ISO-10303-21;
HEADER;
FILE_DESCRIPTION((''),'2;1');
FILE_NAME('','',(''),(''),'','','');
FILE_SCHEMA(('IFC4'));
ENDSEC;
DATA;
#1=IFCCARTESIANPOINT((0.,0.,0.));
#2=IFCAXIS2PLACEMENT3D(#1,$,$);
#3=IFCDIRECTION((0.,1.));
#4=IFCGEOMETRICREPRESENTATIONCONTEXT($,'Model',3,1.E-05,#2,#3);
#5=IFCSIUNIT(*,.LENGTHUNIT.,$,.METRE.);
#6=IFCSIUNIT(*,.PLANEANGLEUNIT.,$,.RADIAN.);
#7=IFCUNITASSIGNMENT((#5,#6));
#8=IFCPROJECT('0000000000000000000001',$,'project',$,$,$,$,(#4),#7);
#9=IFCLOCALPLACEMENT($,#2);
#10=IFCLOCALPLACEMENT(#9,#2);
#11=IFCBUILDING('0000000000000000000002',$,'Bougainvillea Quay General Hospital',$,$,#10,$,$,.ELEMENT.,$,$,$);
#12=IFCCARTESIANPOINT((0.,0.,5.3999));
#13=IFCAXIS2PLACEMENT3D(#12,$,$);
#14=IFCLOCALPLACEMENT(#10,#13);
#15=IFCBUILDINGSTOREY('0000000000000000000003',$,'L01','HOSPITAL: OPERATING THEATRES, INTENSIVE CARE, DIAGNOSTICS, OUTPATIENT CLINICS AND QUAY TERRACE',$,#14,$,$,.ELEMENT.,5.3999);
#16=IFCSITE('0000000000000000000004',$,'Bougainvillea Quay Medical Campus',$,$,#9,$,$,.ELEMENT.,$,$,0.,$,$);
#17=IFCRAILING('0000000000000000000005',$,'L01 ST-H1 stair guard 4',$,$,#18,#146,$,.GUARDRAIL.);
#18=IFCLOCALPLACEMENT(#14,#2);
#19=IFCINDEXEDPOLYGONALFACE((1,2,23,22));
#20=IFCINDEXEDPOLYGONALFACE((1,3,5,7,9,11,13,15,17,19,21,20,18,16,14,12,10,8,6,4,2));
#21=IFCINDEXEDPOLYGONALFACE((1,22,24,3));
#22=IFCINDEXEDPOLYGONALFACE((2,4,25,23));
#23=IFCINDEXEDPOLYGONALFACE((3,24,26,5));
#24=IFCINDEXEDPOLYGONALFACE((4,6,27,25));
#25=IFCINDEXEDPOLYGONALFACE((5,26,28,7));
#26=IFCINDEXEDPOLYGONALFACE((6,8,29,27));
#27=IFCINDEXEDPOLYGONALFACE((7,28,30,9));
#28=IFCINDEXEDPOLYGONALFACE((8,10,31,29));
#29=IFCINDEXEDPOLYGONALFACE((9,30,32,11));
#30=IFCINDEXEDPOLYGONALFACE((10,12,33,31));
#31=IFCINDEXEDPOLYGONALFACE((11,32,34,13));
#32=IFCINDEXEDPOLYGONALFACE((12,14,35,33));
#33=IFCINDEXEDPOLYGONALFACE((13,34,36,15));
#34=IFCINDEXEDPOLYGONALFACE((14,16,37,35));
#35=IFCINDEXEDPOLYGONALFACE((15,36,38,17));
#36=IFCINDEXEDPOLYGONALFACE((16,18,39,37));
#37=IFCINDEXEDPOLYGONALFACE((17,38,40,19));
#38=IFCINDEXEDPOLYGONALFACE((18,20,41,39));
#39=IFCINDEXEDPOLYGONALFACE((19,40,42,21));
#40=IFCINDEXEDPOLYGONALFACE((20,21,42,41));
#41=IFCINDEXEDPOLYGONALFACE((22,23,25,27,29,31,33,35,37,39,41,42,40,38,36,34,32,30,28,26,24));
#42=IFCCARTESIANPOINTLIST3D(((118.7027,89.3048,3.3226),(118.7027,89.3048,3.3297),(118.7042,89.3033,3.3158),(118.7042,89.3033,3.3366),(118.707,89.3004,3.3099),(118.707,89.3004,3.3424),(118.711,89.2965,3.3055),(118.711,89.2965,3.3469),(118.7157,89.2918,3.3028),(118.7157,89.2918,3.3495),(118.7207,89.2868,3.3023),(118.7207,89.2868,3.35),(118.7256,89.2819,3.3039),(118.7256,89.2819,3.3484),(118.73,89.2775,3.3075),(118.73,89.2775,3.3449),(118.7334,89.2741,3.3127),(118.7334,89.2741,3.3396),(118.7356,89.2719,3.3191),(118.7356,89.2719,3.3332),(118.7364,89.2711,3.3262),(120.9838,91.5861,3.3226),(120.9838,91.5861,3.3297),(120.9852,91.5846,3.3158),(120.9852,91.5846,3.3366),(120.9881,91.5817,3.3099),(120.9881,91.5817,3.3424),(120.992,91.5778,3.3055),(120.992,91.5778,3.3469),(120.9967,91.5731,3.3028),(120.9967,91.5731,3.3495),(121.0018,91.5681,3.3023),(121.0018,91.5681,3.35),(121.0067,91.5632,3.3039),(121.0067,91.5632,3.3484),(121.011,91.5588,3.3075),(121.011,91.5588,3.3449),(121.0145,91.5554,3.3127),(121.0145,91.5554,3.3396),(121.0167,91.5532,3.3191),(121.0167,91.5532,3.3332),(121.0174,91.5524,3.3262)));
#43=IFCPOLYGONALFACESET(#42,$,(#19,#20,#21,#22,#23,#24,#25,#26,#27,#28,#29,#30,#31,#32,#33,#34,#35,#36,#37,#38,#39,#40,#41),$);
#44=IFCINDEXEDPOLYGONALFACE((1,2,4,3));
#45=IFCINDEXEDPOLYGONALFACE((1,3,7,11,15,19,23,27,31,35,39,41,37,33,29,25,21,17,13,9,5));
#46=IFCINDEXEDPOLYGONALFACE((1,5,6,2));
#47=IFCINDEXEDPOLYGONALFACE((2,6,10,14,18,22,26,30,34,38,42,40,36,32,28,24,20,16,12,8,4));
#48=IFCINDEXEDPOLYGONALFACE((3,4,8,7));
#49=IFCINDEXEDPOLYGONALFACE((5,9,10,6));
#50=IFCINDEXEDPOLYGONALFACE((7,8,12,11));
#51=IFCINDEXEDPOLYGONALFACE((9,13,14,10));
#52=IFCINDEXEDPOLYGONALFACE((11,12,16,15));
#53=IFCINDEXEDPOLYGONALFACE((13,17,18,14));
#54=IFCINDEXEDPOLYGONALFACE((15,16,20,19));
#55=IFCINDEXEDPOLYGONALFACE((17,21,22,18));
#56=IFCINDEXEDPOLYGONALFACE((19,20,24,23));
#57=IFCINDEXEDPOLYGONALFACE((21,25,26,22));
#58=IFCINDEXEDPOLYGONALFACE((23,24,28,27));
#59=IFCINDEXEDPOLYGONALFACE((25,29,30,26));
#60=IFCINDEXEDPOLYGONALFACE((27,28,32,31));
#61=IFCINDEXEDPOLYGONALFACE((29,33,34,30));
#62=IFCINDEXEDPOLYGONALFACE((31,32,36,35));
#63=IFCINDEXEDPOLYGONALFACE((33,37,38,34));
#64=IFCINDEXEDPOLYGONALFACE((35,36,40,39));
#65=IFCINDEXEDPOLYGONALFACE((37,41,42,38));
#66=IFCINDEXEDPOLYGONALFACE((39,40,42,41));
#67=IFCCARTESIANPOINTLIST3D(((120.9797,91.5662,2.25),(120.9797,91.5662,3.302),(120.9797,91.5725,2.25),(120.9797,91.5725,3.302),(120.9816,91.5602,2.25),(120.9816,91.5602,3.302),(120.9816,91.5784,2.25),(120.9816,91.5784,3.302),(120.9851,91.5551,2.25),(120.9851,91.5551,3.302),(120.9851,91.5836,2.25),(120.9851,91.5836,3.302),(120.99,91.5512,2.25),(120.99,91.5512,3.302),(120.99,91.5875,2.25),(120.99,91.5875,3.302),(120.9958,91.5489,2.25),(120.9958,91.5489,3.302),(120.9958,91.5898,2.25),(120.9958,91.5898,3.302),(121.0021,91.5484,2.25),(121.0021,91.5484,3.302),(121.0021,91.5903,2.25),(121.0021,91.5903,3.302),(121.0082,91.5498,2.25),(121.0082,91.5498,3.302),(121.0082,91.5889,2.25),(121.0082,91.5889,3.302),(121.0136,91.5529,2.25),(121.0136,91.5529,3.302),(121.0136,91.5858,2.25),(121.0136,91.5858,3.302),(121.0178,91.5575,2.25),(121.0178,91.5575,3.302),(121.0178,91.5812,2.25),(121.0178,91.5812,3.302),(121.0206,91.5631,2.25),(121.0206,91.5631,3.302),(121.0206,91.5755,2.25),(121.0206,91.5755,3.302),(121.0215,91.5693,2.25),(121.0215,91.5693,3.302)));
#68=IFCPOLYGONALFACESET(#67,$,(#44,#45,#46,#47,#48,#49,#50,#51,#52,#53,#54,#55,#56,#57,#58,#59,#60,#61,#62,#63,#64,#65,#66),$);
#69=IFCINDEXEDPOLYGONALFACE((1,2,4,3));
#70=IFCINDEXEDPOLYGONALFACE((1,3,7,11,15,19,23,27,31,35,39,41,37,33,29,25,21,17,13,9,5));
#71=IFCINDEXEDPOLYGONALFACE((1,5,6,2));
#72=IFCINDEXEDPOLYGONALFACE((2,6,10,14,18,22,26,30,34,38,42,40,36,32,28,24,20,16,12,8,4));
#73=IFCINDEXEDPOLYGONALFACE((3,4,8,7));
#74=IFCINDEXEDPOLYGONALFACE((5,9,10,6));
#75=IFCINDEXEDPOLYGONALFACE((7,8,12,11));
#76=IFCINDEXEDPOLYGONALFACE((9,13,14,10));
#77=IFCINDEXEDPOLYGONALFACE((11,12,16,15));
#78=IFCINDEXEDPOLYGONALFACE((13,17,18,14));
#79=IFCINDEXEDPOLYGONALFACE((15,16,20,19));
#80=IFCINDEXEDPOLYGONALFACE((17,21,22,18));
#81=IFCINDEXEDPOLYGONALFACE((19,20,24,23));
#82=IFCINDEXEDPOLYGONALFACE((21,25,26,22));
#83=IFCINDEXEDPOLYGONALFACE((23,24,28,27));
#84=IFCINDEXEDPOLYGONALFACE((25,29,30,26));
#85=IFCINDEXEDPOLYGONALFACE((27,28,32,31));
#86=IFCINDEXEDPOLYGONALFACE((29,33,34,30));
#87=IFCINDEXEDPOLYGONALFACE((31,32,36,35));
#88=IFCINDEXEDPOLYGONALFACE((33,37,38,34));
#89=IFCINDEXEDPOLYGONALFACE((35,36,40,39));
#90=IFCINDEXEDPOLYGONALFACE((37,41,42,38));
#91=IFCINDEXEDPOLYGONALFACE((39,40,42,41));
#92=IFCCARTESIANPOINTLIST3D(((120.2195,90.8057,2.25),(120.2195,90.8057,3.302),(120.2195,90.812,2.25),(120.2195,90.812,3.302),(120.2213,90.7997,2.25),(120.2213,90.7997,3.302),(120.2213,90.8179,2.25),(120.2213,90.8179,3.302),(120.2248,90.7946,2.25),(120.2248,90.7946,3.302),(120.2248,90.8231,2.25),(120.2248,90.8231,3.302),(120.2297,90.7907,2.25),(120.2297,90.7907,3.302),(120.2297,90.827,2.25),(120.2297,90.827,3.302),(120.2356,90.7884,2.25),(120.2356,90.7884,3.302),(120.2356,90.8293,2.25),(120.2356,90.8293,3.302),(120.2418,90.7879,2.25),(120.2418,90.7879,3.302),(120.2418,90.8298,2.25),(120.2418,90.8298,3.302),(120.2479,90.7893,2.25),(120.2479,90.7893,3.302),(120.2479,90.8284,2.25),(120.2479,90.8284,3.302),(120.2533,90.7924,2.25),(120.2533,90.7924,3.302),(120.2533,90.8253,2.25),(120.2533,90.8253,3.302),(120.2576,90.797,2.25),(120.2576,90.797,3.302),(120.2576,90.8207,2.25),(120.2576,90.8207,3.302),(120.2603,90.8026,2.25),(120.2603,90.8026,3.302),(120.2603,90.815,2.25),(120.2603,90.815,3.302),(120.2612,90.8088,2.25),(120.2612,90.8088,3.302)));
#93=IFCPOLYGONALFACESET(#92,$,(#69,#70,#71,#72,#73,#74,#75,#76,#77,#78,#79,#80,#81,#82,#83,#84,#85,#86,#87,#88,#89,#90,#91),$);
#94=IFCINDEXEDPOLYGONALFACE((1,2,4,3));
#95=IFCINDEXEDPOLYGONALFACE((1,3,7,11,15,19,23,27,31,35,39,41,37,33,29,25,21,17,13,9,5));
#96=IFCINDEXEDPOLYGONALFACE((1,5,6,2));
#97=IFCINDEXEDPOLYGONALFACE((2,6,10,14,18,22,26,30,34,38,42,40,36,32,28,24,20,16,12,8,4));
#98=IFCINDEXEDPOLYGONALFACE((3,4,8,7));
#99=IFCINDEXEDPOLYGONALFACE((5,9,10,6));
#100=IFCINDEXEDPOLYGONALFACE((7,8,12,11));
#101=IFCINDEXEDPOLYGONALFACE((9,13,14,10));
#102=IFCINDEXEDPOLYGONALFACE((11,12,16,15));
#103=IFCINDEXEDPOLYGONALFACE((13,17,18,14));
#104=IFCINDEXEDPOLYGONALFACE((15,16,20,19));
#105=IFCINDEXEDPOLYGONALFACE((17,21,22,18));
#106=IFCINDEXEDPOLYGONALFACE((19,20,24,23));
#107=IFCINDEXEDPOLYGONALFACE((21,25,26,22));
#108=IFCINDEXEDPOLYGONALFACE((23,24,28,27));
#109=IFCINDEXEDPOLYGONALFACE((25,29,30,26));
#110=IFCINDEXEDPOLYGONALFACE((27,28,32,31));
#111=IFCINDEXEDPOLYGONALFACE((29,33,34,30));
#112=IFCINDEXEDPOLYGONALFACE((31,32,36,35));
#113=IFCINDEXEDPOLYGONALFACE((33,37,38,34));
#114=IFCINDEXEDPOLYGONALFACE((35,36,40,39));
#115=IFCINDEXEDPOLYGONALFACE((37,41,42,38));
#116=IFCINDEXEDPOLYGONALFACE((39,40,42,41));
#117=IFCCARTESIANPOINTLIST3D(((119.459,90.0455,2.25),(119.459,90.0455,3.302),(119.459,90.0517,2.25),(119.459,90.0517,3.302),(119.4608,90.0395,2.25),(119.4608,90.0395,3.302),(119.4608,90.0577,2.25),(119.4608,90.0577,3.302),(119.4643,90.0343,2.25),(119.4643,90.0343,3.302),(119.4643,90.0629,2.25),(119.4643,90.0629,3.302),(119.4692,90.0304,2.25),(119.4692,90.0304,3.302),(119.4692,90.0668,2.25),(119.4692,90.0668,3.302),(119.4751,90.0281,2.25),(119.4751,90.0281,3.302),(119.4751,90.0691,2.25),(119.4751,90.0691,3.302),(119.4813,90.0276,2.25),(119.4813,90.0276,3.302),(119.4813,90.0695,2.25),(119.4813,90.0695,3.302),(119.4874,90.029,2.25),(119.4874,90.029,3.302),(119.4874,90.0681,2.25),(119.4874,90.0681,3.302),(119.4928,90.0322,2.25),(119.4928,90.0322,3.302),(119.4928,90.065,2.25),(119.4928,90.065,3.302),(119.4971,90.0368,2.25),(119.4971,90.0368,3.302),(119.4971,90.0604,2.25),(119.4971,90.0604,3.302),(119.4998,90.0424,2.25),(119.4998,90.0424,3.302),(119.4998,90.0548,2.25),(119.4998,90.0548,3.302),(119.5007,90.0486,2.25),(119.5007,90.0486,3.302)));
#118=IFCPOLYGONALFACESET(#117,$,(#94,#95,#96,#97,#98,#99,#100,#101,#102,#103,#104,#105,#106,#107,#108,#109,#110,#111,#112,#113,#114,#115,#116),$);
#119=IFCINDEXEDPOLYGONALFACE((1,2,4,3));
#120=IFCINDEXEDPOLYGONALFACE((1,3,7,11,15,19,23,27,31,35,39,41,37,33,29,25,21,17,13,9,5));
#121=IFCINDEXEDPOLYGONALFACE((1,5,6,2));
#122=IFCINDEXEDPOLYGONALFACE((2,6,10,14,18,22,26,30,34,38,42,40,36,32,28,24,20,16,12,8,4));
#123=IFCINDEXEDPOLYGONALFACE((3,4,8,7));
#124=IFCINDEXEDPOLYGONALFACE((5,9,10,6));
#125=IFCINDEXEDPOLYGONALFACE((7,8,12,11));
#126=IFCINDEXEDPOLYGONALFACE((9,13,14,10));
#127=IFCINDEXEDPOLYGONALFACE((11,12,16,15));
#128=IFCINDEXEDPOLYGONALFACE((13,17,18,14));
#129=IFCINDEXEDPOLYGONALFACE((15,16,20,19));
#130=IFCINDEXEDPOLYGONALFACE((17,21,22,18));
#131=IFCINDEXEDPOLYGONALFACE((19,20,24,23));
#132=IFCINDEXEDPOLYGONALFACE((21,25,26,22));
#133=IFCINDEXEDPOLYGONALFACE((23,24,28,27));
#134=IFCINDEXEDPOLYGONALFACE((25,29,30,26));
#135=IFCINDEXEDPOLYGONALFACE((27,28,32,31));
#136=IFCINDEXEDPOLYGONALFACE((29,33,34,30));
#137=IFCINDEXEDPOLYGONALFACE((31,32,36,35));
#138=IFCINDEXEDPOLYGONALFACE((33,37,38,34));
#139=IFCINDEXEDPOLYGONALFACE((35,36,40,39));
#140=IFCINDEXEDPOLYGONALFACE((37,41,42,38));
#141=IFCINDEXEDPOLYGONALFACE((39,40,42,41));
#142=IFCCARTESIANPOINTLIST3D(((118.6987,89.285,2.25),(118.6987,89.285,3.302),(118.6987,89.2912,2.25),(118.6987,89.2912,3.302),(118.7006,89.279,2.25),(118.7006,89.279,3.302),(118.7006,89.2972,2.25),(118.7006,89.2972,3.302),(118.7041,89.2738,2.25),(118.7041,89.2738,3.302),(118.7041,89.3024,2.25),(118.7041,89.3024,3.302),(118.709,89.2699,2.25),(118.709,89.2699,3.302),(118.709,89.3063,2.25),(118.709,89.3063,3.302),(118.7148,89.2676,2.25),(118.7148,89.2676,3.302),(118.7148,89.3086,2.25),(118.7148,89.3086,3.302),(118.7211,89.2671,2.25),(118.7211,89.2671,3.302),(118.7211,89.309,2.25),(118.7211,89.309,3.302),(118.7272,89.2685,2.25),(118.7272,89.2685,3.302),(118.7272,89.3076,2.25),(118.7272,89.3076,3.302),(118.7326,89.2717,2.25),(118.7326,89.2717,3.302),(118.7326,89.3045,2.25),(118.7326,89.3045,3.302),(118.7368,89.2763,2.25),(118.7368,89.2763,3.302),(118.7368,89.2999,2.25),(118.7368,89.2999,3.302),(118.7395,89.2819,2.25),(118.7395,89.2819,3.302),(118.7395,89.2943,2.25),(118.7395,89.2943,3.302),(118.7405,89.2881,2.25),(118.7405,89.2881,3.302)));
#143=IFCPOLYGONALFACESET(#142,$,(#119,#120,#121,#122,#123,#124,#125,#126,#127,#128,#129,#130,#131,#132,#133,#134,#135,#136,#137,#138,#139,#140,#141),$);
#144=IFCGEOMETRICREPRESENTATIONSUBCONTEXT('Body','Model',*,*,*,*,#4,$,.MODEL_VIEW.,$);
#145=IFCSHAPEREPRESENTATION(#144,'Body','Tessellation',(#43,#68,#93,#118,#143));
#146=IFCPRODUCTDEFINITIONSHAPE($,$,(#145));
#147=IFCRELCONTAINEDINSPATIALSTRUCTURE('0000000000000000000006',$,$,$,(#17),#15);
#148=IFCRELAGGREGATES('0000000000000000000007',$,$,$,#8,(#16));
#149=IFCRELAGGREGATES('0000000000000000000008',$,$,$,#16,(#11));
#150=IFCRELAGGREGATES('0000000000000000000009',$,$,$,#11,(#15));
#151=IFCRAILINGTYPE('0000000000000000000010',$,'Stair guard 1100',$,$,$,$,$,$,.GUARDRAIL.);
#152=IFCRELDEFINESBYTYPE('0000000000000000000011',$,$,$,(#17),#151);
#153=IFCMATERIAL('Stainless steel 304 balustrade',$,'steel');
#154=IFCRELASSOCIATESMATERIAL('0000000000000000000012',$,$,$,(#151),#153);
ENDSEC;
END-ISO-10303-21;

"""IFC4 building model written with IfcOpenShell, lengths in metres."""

from ifc_helpers import new_model, si_unit, direction, frame, origin, origin_2d, place, context, subcontext, project, spatial, circle, extrude, material, type_object, element, save


model = new_model("IFC4")

# Units and contexts
model_context = context("Model", 3, precision=1e-05, world=origin(), true_north=direction((0.0, 1.0)))
body_context = subcontext(model_context, "Body", "Model", "MODEL_VIEW")
ifc_project = project(units=[si_unit("LENGTHUNIT", "METRE"), si_unit("PLANEANGLEUNIT", "RADIAN")], contexts=[model_context])

# Site, building, storey
site_placement = place(None, origin())
site = spatial("IfcSite", under=ifc_project, at=site_placement, Name="Bougainvillea Quay Medical Campus", CompositionType="ELEMENT", RefElevation=0.0)
building_placement = place(site_placement, origin())
building = spatial("IfcBuilding", under=site, at=building_placement, Name="Bougainvillea Quay General Hospital", CompositionType="ELEMENT")
storey_placement = place(building_placement, frame((0.0, 0.0, 5.3999)))
storey = spatial("IfcBuildingStorey", under=building, at=storey_placement, Name="L01", Description="HOSPITAL: OPERATING THEATRES, INTENSIVE CARE, DIAGNOSTICS, OUTPATIENT CLINICS AND QUAY TERRACE", CompositionType="ELEMENT", Elevation=5.3999)

# Railing
ifc_material_1 = material(Name="Stainless steel 304 balustrade", Category="steel")
railing_type_1 = type_object("IfcRailingType", Name="Stair guard 1100", PredefinedType="GUARDRAIL", material=ifc_material_1)
railing_1_placement = place(storey_placement, frame((121.0005, 91.5693, 2.25)))
element("IfcRailing", 1, at=railing_1_placement, inside=storey, type_object=railing_type_1, Name="L01 ST-H1 stair guard 4", PredefinedType="GUARDRAIL", context=body_context, shape_type="SweptSolid", body=[
    extrude(circle(Radius=0.0239, at=origin_2d()), frame((0.0, 0.0, 1.0762), z_axis=(-0.707069, -0.707145, 0.0), x_axis=(0.707145, -0.707069, 0.0)), (0.0, 0.0, 1.0), 3.2261),
    extrude(circle(Radius=0.021, at=origin_2d()), origin(), (0.0, 0.0, 1.0), 1.052),
    extrude(circle(Radius=0.021, at=origin_2d()), frame((-0.7603, -0.7605, 0.0)), (0.0, 0.0, 1.0), 1.052),
    extrude(circle(Radius=0.021, at=origin_2d()), frame((-1.5208, -1.5208, 0.0)), (0.0, 0.0, 1.0), 1.052),
    extrude(circle(Radius=0.021, at=origin_2d()), frame((-2.281, -2.2812, 0.0)), (0.0, 0.0, 1.0), 1.052),
])

save(model, "model.ifc")
